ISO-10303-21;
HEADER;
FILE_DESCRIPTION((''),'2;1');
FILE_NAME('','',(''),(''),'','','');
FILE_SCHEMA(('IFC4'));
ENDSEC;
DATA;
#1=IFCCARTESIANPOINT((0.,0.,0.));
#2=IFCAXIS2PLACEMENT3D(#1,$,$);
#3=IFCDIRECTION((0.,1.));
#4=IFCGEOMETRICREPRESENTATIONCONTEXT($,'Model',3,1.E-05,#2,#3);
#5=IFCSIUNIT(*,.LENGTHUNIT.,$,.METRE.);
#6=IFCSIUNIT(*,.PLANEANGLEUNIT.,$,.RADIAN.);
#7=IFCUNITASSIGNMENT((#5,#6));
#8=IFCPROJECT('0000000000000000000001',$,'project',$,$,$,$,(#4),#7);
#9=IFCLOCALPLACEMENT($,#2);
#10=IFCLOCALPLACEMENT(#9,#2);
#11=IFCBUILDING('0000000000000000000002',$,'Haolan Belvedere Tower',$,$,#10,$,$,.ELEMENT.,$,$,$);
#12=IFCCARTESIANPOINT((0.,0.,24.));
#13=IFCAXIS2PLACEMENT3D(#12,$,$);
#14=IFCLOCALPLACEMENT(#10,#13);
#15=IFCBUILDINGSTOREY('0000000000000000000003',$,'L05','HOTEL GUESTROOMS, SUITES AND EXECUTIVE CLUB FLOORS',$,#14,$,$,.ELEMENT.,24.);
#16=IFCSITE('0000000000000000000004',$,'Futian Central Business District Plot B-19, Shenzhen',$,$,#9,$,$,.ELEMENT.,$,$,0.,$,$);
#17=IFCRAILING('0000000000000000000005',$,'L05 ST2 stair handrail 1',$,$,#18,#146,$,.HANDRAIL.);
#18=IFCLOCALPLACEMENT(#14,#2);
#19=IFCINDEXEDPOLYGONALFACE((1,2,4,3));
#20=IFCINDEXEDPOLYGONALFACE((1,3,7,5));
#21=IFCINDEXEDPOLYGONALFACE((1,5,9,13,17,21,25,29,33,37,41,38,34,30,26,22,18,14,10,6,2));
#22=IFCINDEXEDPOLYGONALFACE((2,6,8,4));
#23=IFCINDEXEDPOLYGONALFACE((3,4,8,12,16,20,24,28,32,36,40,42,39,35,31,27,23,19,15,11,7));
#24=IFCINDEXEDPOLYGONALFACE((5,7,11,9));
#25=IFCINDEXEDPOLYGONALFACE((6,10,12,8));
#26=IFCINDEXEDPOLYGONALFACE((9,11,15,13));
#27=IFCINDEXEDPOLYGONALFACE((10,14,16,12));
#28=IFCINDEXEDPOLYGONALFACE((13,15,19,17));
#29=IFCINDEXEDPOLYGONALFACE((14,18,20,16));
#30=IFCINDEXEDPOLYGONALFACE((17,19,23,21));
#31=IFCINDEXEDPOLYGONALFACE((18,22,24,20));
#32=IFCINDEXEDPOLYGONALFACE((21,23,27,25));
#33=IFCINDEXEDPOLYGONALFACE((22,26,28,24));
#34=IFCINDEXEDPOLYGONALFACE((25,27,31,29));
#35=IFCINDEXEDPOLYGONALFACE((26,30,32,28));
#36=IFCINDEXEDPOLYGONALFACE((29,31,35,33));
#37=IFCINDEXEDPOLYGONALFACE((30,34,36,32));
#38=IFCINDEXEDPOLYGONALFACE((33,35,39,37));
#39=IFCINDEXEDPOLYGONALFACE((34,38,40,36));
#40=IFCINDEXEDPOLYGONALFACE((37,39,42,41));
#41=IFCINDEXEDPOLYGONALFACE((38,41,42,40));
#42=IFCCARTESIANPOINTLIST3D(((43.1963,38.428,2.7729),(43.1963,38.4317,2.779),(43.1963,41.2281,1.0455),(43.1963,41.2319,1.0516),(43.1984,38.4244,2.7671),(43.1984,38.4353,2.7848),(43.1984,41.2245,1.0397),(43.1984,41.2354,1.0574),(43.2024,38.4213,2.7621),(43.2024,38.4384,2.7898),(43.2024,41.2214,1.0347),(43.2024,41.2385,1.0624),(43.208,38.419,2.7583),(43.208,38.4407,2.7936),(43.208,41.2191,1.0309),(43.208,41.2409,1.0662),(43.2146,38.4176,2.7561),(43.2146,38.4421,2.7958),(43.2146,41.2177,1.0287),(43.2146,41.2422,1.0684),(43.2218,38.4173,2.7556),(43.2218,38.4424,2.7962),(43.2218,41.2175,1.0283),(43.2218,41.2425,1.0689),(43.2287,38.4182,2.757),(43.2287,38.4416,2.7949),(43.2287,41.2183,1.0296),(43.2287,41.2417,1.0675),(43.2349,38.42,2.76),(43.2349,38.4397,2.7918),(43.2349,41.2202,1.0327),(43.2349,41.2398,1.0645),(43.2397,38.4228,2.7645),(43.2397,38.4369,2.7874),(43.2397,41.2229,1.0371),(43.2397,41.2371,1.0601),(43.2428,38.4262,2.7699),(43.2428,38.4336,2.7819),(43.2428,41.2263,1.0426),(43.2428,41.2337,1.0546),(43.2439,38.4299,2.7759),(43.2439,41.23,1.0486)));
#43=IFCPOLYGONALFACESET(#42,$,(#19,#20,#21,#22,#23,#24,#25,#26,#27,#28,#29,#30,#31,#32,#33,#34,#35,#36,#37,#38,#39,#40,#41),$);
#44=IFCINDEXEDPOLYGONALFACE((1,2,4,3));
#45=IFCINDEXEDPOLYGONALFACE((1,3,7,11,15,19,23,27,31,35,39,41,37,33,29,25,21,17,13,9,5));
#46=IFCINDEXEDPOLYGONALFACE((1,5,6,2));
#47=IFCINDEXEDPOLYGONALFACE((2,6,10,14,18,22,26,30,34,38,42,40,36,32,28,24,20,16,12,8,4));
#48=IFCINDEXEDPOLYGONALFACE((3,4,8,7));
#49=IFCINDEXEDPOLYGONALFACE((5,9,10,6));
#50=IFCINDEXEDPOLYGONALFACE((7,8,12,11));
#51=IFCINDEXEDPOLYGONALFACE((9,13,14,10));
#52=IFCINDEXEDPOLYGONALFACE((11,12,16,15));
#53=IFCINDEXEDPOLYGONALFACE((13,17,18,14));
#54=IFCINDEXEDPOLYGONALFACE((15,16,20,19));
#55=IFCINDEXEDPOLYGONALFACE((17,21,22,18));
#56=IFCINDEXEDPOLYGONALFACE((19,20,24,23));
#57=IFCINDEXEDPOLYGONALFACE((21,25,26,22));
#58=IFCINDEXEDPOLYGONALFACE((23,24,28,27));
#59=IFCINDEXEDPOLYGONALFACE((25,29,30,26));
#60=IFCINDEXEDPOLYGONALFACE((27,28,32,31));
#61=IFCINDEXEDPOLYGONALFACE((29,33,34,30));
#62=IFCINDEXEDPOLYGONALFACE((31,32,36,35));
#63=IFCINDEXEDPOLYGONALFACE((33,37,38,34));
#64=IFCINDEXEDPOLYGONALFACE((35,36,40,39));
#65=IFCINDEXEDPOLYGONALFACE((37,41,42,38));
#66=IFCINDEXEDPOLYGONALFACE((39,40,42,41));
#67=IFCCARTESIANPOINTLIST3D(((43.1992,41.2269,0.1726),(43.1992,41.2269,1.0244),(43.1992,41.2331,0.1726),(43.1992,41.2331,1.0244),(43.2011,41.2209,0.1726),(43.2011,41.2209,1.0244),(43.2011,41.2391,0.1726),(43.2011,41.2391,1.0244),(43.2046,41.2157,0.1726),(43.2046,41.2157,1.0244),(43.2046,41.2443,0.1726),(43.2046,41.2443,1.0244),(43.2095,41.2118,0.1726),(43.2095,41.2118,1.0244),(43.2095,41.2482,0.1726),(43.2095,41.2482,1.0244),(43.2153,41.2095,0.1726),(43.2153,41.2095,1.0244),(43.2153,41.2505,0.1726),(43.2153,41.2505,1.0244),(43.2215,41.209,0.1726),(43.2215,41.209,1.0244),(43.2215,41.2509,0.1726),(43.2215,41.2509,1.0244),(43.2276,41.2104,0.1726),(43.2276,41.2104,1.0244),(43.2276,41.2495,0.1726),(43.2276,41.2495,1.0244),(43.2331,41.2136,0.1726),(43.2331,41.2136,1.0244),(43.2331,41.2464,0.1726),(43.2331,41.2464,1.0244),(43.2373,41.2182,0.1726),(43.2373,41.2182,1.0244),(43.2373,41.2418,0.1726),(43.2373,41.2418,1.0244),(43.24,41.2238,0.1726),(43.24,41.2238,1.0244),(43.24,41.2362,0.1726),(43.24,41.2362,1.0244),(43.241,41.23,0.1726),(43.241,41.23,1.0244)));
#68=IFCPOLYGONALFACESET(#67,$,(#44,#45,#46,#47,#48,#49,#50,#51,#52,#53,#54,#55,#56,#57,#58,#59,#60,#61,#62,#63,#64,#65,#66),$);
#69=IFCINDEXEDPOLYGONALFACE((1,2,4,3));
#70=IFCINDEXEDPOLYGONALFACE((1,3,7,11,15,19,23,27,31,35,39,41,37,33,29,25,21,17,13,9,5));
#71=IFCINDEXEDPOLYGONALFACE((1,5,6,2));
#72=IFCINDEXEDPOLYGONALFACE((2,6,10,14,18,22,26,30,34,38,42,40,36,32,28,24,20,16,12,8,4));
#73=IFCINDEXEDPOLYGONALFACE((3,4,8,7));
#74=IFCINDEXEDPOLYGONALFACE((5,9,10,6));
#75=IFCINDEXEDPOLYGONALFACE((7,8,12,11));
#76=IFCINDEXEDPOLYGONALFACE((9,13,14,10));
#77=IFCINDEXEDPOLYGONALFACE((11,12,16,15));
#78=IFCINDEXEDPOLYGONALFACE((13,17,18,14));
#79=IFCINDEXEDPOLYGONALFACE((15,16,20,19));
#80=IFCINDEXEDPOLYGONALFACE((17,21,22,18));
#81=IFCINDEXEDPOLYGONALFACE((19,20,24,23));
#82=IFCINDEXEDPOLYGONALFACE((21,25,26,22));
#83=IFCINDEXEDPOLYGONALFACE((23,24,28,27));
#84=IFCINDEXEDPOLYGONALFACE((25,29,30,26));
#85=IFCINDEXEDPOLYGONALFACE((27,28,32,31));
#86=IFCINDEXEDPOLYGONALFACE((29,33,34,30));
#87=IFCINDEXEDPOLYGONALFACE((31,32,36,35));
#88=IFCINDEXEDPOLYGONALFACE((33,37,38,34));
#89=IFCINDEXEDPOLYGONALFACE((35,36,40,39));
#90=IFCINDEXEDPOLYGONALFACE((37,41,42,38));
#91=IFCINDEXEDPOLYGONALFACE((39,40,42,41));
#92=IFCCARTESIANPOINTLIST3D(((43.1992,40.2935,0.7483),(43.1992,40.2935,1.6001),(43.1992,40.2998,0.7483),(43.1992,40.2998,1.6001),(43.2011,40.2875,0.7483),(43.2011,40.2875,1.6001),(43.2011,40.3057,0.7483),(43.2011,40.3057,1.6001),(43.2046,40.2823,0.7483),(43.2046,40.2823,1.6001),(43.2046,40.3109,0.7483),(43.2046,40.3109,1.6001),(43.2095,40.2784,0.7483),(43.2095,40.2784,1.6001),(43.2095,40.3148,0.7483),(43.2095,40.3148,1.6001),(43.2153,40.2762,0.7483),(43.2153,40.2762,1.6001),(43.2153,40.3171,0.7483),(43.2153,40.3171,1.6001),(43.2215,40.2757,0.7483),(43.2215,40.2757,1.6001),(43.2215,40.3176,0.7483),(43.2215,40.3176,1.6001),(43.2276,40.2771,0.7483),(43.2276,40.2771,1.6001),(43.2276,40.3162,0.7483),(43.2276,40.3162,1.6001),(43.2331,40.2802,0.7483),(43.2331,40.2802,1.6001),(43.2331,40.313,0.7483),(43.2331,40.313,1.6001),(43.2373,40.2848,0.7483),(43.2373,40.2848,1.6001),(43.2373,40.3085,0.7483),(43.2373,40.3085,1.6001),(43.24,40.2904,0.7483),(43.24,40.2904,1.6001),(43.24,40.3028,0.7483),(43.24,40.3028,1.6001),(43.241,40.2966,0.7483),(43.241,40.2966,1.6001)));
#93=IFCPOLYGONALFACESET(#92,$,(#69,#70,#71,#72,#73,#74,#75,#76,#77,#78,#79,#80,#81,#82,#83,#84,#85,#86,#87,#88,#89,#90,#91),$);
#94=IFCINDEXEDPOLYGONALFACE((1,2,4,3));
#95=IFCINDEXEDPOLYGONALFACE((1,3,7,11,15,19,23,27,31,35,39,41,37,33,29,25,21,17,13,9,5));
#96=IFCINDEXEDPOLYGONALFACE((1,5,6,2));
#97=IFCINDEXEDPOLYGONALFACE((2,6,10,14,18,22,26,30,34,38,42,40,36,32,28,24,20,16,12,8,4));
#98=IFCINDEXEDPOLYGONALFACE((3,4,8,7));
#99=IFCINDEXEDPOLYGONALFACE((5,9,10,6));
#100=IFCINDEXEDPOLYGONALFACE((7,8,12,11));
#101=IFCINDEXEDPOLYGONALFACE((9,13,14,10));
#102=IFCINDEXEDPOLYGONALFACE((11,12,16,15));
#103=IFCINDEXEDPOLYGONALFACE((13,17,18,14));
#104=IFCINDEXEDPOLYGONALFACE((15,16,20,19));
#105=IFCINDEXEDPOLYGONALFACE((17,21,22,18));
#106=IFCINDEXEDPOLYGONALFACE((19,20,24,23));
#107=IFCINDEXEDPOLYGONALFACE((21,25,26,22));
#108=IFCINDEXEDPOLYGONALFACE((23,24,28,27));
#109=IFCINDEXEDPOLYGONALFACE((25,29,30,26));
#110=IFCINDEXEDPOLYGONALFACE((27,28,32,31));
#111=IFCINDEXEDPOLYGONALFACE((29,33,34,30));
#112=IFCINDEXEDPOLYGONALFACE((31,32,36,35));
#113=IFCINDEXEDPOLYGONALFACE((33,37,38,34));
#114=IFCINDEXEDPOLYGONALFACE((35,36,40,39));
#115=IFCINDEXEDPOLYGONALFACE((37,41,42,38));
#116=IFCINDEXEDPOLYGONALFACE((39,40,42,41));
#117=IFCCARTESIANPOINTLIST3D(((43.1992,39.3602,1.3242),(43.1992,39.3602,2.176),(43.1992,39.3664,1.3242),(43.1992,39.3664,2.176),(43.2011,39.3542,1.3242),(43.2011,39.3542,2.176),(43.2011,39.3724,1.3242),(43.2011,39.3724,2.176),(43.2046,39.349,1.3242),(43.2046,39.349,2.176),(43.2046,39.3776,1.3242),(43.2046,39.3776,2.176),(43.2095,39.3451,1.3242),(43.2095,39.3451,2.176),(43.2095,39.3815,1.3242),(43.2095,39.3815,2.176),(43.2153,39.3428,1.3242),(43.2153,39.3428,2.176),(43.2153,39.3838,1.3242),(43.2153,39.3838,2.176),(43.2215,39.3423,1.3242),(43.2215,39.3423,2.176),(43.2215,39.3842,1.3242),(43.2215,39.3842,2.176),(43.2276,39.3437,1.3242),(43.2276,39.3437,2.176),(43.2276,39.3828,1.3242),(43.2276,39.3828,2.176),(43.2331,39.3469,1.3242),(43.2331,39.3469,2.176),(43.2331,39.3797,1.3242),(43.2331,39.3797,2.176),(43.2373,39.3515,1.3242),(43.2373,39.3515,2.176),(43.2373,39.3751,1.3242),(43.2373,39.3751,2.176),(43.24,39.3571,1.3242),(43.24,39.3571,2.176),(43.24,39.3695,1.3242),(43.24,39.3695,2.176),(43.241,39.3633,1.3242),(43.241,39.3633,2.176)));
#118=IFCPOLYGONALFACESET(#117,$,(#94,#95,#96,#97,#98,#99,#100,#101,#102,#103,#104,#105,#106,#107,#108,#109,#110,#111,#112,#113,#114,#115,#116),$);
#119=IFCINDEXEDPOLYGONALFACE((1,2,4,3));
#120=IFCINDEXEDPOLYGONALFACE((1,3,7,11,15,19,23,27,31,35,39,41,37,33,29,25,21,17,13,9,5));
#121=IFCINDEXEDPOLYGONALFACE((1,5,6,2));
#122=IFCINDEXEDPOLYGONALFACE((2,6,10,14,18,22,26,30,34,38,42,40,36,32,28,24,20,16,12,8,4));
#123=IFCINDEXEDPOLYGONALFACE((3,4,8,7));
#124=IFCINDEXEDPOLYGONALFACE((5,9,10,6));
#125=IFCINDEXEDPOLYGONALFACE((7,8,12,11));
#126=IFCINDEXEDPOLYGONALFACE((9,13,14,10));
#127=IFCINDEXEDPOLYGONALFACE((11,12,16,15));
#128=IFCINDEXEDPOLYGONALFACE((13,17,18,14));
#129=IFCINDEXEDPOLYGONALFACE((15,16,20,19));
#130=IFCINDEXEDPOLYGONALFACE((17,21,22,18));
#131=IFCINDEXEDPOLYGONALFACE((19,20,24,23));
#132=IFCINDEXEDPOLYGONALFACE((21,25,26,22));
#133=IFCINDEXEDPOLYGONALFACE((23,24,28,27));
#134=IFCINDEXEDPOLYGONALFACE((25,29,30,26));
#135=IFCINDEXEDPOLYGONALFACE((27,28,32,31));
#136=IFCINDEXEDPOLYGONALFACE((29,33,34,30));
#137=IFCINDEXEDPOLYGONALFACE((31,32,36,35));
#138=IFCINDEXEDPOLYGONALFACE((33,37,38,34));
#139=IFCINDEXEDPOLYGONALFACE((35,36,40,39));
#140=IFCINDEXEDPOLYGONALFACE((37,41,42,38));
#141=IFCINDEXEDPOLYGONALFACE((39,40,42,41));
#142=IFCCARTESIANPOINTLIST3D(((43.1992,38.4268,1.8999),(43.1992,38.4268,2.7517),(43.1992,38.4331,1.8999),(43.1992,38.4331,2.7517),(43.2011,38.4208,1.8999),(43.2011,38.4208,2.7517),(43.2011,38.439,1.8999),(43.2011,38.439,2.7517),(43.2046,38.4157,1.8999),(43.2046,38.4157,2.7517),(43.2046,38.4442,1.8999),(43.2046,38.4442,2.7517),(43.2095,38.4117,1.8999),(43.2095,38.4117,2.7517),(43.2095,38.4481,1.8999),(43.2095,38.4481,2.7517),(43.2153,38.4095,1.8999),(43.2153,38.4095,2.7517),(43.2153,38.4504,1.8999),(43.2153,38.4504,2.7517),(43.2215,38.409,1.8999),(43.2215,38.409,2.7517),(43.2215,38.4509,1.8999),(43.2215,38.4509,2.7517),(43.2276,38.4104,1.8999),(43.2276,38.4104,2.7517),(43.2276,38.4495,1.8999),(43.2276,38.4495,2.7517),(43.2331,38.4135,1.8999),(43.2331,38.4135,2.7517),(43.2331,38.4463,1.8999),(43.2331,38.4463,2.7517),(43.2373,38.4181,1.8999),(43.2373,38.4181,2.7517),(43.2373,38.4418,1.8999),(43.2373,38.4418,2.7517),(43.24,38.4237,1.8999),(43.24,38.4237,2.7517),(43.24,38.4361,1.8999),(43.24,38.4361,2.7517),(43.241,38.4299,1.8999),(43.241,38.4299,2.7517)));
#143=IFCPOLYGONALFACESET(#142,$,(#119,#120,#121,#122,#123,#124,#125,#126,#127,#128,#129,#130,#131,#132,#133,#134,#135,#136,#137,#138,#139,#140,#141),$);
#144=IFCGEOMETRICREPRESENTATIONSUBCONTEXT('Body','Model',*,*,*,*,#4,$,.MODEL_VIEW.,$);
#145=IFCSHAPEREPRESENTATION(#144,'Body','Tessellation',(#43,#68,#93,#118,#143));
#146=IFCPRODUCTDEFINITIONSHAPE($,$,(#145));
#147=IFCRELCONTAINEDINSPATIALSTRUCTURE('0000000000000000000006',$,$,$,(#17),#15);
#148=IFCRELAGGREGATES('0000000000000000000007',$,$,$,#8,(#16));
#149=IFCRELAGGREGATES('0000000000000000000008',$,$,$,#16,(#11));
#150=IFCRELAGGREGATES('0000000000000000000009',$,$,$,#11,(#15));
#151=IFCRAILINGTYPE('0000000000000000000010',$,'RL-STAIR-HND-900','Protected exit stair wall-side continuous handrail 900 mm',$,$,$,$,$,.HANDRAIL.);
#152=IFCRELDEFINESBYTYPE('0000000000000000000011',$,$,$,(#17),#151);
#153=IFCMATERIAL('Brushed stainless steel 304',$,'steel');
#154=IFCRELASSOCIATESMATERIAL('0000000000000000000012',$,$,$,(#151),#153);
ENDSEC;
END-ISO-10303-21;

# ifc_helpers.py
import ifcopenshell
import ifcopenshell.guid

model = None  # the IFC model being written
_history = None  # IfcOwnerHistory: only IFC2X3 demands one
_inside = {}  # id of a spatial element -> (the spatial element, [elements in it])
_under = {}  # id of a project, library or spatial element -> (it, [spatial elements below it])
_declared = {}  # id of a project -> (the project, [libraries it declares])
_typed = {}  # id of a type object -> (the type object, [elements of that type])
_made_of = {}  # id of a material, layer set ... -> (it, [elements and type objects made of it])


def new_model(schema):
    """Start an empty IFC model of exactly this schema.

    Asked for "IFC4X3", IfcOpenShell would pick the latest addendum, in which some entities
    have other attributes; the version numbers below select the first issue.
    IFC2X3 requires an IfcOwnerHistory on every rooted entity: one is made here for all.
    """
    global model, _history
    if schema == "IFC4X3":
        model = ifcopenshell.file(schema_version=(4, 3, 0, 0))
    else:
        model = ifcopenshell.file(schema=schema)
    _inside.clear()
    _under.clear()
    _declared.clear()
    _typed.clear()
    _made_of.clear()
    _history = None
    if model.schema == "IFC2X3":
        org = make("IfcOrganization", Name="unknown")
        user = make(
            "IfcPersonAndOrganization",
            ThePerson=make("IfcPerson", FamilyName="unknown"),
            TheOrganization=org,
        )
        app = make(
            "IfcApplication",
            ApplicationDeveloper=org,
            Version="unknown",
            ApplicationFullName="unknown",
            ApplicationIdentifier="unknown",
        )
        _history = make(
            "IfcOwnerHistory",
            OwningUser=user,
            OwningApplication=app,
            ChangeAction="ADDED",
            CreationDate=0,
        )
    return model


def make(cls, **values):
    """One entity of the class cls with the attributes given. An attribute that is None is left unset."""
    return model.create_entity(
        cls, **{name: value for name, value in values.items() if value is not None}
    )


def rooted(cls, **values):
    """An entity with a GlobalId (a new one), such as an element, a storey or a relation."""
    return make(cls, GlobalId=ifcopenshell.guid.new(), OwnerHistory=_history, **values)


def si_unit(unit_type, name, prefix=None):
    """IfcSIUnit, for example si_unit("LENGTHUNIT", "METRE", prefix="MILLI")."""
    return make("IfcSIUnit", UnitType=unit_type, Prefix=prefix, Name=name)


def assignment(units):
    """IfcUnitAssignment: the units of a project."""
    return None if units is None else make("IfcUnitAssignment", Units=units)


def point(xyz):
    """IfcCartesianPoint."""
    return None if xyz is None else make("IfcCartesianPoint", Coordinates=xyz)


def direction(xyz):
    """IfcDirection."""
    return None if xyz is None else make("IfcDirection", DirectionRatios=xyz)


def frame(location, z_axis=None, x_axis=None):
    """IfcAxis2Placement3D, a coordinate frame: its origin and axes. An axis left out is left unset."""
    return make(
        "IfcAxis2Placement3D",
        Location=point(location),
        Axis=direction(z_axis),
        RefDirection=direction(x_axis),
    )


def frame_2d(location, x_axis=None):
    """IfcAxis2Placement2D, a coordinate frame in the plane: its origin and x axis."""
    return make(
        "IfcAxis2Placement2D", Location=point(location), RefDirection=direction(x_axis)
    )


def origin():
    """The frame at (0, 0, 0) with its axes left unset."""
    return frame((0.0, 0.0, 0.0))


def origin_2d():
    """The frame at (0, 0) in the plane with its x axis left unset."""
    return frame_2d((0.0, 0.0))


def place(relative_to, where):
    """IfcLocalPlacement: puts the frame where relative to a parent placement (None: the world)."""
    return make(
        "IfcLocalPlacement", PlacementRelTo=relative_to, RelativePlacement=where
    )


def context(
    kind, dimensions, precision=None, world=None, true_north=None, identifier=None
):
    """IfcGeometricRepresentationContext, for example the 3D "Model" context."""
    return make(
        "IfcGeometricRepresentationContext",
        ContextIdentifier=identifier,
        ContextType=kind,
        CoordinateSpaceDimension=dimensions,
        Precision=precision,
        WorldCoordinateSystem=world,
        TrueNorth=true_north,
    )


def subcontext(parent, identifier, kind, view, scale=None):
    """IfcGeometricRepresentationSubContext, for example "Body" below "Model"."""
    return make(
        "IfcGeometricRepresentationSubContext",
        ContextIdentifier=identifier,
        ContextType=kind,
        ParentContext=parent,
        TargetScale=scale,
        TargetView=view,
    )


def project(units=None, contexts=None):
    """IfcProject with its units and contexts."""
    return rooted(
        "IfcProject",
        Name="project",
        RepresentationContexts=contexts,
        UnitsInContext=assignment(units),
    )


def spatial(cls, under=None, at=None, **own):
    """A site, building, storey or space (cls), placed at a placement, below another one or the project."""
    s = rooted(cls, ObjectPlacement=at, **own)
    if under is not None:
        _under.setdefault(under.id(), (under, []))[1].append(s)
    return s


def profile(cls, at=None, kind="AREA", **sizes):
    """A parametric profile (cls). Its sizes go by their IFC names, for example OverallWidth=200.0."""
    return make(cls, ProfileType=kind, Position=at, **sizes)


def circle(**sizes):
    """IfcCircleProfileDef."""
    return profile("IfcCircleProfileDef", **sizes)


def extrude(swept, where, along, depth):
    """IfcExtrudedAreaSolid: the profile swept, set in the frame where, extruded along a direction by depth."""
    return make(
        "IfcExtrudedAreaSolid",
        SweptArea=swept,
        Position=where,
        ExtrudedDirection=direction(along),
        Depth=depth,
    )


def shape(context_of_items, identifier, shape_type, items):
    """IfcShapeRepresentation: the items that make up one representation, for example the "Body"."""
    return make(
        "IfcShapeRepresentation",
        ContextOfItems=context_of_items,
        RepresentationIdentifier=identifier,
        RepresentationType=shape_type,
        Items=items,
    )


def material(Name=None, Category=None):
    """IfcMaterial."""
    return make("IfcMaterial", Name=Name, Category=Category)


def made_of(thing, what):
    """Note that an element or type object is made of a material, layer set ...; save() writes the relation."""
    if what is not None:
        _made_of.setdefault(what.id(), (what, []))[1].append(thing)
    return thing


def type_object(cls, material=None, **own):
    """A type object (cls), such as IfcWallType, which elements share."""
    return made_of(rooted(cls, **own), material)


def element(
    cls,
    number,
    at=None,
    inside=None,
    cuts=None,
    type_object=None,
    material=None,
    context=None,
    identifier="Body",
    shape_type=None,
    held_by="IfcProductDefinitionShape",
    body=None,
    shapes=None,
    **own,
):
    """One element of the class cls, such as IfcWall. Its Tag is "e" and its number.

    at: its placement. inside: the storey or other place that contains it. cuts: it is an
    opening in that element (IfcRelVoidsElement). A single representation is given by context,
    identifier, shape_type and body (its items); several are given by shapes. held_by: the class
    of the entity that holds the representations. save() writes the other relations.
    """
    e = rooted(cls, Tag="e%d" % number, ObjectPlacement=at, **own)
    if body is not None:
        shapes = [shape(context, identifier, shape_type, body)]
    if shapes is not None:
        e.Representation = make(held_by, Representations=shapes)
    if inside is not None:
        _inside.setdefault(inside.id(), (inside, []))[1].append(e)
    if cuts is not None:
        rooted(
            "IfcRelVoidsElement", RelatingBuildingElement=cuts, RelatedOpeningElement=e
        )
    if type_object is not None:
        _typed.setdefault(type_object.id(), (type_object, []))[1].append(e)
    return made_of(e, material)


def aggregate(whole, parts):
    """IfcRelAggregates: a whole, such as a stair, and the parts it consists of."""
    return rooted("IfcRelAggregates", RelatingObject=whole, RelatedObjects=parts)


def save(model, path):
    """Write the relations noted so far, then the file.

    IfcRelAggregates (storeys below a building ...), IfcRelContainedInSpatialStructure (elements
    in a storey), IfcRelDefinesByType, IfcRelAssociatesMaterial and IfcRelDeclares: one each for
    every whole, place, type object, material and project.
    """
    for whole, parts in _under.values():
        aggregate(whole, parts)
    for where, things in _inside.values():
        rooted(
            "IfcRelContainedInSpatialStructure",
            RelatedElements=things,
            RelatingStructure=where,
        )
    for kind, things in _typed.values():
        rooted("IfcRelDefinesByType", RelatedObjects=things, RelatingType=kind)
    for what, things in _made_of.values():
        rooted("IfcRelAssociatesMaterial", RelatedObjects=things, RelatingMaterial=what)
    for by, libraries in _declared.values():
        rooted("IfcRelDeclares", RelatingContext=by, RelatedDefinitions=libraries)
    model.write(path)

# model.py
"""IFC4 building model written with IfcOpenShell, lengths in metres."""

from ifc_helpers import new_model, si_unit, direction, frame, origin, origin_2d, place, context, subcontext, project, spatial, circle, extrude, material, type_object, element, save


model = new_model("IFC4")

# Units and contexts
model_context = context("Model", 3, precision=1e-05, world=origin(), true_north=direction((0.0, 1.0)))
body_context = subcontext(model_context, "Body", "Model", "MODEL_VIEW")
ifc_project = project(units=[si_unit("LENGTHUNIT", "METRE"), si_unit("PLANEANGLEUNIT", "RADIAN")], contexts=[model_context])

# Site, building, storey
site_placement = place(None, origin())
site = spatial("IfcSite", under=ifc_project, at=site_placement, Name="Futian Central Business District Plot B-19, Shenzhen", CompositionType="ELEMENT", RefElevation=0.0)
building_placement = place(site_placement, origin())
building = spatial("IfcBuilding", under=site, at=building_placement, Name="Haolan Belvedere Tower", CompositionType="ELEMENT")
storey_placement = place(building_placement, frame((0.0, 0.0, 24.0)))
storey = spatial("IfcBuildingStorey", under=building, at=storey_placement, Name="L05", Description="HOTEL GUESTROOMS, SUITES AND EXECUTIVE CLUB FLOORS", CompositionType="ELEMENT", Elevation=24.0)

# Railing
ifc_material_1 = material(Name="Brushed stainless steel 304", Category="steel")
railing_type_1 = type_object("IfcRailingType", Name="RL-STAIR-HND-900", Description="Protected exit stair wall-side continuous handrail 900 mm", PredefinedType="HANDRAIL", material=ifc_material_1)
railing_1_placement = place(storey_placement, frame((43.22, 41.23, 0.1726)))
element("IfcRailing", 1, at=railing_1_placement, inside=storey, type_object=railing_type_1, Name="L05 ST2 stair handrail 1", PredefinedType="HANDRAIL", context=body_context, shape_type="SweptSolid", body=[
    extrude(circle(Radius=0.0239, at=origin_2d()), frame((0.0, 0.0, 0.876), z_axis=(0.0, -0.85109, 0.52502), x_axis=(1.0, 0.0, 0.0)), (0.0, 0.0, 1.0), 3.29),
    extrude(circle(Radius=0.021, at=origin_2d()), origin(), (0.0, 0.0, 1.0), 0.8518),
    extrude(circle(Radius=0.021, at=origin_2d()), frame((0.0, -0.9333, 0.5757)), (0.0, 0.0, 1.0), 0.8518),
    extrude(circle(Radius=0.021, at=origin_2d()), frame((0.0, -1.8667, 1.1516)), (0.0, 0.0, 1.0), 0.8518),
    extrude(circle(Radius=0.021, at=origin_2d()), frame((0.0, -2.8, 1.7273)), (0.0, 0.0, 1.0), 0.8518),
])

save(model, "model.ifc")
